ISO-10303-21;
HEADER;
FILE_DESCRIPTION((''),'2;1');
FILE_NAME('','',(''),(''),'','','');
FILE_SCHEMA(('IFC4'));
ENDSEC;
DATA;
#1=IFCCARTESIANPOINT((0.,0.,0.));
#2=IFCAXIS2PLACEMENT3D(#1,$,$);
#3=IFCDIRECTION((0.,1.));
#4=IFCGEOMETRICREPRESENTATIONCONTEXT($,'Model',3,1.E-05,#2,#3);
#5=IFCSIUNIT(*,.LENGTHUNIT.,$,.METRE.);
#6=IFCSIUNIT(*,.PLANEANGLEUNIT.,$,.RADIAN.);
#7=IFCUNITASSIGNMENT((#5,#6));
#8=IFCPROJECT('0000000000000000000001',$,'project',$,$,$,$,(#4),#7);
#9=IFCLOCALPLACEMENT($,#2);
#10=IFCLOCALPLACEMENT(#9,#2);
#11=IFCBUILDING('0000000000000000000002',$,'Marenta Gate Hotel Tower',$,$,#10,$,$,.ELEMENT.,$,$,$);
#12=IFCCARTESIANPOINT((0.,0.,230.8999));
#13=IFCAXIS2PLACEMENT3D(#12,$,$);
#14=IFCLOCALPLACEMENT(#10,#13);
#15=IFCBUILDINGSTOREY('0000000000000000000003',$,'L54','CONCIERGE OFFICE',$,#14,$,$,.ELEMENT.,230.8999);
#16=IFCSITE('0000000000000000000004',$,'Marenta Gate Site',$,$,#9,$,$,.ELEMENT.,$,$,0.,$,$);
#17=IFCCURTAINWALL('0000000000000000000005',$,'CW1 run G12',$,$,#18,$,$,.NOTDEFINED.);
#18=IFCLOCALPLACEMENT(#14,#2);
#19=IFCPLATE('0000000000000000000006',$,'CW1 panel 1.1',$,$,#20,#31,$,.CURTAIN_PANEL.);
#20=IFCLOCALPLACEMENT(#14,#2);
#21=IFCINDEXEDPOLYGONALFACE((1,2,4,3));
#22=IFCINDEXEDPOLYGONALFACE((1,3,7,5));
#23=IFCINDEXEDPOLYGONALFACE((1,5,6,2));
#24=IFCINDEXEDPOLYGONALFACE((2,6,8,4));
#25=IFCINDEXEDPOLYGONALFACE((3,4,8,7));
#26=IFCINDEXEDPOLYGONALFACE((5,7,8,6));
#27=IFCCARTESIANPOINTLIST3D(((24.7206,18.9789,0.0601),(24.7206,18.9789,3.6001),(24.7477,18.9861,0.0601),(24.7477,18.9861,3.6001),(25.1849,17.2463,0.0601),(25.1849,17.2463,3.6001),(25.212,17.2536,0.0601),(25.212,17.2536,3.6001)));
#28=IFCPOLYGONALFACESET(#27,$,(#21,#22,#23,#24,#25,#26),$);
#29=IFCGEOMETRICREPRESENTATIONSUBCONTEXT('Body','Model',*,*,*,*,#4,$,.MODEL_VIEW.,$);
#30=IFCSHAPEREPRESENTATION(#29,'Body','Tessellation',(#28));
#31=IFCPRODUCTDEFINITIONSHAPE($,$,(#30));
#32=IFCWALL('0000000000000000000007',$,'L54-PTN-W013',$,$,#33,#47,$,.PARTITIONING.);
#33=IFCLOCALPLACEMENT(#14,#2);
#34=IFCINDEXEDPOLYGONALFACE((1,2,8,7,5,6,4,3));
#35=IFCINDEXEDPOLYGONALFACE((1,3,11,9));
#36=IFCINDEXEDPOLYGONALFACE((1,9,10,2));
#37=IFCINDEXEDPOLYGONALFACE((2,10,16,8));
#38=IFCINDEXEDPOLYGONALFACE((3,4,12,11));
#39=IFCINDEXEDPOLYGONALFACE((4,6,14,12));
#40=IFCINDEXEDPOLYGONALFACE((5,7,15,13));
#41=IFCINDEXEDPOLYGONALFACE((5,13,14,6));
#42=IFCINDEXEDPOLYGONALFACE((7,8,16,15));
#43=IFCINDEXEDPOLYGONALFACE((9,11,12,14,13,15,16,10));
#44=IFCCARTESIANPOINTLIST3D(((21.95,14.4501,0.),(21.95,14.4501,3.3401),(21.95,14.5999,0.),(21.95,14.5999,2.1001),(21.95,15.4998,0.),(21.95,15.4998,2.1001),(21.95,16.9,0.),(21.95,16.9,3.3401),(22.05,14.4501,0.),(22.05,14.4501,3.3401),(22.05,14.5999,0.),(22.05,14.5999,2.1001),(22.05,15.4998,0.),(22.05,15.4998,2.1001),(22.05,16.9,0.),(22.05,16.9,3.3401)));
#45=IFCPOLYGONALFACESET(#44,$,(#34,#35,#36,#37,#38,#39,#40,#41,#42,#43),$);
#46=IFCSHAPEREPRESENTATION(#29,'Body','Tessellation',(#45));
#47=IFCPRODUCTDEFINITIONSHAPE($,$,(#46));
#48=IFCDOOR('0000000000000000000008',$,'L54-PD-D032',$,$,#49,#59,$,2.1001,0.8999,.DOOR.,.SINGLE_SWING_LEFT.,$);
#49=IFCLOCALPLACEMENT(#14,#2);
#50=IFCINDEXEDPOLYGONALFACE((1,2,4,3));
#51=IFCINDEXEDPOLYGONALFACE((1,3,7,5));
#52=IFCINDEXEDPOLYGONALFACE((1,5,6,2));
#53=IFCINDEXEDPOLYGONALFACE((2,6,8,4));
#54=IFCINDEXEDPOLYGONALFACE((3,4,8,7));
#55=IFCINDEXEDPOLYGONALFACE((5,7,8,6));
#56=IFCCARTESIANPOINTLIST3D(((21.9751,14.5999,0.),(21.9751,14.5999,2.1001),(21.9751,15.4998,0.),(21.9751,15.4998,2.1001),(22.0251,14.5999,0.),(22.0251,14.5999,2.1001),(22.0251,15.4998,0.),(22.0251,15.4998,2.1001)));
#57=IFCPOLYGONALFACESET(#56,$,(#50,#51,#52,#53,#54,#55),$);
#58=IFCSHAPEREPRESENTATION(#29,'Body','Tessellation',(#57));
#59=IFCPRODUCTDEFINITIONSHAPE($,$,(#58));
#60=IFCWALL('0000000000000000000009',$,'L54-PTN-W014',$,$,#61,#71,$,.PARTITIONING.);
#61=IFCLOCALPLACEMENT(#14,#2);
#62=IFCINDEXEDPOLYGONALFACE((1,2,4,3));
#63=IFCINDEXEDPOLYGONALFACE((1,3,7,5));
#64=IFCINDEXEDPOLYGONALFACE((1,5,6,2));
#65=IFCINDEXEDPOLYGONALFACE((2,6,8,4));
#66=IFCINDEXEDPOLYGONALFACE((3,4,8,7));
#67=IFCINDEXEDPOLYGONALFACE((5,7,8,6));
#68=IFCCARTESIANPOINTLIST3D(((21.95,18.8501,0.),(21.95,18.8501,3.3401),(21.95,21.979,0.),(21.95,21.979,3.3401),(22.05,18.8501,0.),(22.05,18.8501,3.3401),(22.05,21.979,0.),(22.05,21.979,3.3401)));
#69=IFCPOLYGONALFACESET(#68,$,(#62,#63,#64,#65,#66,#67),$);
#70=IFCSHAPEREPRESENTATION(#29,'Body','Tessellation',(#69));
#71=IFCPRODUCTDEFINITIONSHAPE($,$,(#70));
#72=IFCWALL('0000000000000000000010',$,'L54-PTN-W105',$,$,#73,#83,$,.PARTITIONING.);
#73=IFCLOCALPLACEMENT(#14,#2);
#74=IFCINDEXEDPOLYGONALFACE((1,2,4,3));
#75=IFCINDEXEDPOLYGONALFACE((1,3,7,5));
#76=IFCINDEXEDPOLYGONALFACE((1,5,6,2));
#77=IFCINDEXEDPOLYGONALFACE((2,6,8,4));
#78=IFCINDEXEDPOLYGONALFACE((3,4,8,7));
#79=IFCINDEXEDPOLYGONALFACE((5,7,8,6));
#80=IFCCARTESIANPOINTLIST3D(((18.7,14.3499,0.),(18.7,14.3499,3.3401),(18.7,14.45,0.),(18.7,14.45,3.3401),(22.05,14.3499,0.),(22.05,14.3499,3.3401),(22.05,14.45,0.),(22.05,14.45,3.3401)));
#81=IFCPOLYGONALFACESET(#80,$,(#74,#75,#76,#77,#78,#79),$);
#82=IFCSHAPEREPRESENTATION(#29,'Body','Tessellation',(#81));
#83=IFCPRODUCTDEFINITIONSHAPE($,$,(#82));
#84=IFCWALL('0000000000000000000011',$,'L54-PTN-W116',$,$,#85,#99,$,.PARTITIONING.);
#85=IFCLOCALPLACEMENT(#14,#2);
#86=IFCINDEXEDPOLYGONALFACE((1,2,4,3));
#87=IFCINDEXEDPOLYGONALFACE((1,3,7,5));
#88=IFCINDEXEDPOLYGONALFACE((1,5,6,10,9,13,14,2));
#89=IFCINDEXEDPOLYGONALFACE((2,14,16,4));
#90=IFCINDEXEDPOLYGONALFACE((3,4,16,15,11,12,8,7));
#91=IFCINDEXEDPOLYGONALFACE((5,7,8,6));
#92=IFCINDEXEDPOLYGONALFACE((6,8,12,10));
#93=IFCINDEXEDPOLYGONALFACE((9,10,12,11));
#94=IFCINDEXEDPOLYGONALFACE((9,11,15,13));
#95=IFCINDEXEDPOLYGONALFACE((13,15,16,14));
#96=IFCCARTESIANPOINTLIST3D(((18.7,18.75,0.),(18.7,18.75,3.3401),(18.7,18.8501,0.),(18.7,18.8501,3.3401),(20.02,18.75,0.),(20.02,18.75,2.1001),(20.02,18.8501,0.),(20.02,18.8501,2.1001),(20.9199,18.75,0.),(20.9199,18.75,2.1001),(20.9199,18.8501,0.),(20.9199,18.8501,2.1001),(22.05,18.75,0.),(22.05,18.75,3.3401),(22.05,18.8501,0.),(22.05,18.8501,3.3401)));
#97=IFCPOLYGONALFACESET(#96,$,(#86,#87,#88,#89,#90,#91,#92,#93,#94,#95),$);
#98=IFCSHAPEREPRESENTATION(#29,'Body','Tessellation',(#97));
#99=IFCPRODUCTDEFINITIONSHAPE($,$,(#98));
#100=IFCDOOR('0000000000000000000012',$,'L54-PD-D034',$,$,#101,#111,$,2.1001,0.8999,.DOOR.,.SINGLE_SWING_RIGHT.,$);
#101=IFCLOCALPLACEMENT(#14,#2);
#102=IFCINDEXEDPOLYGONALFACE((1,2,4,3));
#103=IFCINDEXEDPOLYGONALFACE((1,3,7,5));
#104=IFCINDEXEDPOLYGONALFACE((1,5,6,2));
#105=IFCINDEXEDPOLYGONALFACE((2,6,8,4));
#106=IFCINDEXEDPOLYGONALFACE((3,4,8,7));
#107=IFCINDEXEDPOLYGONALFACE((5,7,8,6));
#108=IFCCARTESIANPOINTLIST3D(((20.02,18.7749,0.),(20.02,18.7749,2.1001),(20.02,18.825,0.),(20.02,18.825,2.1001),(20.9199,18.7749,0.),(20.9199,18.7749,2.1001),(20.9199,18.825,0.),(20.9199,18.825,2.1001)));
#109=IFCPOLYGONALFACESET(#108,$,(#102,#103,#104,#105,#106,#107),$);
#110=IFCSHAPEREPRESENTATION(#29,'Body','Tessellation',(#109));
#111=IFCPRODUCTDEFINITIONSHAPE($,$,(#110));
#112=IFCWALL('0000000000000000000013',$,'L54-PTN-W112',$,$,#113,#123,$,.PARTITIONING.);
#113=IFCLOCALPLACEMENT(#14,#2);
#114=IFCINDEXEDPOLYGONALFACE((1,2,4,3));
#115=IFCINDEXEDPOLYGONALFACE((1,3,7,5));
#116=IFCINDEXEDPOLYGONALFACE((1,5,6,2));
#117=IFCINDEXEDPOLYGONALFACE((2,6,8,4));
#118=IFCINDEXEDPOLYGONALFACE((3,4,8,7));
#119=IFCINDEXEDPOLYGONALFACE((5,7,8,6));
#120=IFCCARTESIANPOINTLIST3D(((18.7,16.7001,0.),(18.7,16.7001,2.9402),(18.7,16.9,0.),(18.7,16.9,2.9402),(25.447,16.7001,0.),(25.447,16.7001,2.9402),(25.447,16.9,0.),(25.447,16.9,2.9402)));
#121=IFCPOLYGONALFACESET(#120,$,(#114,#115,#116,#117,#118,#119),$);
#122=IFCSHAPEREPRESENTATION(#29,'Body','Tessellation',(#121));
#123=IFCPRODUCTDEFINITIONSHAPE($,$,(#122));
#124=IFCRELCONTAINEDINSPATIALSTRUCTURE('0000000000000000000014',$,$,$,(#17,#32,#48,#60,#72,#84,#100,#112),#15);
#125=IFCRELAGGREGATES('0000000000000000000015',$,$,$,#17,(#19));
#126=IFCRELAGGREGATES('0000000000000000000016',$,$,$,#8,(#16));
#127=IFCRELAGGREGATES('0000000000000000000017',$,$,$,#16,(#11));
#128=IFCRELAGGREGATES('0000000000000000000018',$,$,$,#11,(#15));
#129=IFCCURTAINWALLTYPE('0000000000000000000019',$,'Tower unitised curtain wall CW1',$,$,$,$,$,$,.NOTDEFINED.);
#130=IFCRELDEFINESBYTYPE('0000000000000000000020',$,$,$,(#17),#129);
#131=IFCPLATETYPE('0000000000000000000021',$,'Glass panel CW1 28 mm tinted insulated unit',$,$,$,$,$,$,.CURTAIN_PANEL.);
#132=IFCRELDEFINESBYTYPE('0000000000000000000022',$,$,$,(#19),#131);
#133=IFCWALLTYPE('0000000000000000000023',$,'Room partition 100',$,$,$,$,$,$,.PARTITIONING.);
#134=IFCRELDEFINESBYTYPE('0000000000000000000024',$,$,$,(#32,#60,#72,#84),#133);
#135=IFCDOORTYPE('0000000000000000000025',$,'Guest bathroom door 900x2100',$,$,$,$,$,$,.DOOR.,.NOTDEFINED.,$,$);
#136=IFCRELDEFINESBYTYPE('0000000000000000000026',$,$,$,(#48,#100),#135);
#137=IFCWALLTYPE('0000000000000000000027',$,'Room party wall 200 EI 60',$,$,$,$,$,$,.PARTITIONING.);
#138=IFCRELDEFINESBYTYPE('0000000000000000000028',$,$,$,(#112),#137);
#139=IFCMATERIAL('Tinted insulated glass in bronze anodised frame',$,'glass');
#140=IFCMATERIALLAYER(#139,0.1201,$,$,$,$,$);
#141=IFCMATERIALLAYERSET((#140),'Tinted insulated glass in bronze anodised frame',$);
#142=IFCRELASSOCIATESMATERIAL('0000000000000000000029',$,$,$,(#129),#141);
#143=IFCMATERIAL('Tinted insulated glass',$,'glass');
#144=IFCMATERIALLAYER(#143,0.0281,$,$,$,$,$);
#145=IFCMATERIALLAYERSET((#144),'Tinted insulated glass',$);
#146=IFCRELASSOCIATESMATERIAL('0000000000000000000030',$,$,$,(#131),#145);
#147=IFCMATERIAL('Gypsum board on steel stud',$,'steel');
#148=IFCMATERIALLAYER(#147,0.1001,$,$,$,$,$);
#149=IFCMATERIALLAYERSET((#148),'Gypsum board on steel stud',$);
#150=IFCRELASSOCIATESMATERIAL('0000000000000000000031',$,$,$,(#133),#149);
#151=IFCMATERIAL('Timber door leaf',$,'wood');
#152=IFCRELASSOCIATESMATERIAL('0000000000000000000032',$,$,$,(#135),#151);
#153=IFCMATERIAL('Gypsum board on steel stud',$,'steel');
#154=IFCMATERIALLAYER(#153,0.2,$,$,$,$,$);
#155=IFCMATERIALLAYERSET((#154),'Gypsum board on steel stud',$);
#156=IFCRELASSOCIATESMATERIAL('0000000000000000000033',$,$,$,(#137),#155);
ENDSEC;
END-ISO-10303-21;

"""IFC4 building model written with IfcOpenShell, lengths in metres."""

from ifc_helpers import new_model, si_unit, direction, frame, frame_2d, origin, origin_2d, place, context, subcontext, project, spatial, rectangle, extrude, material, layer, layer_set, type_object, element, fill, aggregate, save


model = new_model("IFC4")

# Units and contexts
model_context = context("Model", 3, precision=1e-05, world=origin(), true_north=direction((0.0, 1.0)))
body_context = subcontext(model_context, "Body", "Model", "MODEL_VIEW")
ifc_project = project(units=[si_unit("LENGTHUNIT", "METRE"), si_unit("PLANEANGLEUNIT", "RADIAN")], contexts=[model_context])

# Site, building, storey
site_placement = place(None, origin())
site = spatial("IfcSite", under=ifc_project, at=site_placement, Name="Marenta Gate Site", CompositionType="ELEMENT", RefElevation=0.0)
building_placement = place(site_placement, origin())
building = spatial("IfcBuilding", under=site, at=building_placement, Name="Marenta Gate Hotel Tower", CompositionType="ELEMENT")
storey_placement = place(building_placement, frame((0.0, 0.0, 230.8999)))
storey = spatial("IfcBuildingStorey", under=building, at=storey_placement, Name="L54", Description="CONCIERGE OFFICE", CompositionType="ELEMENT", Elevation=230.8999)

# Curtain wall
ifc_material_1 = material(Name="Tinted insulated glass in bronze anodised frame", Category="glass")
ifc_layer_1 = layer(ifc_material_1, 0.1201)
ifc_layer_set_1 = layer_set([ifc_layer_1], Name="Tinted insulated glass in bronze anodised frame")
curtain_wall_type = type_object("IfcCurtainWallType", Name="Tower unitised curtain wall CW1", PredefinedType="NOTDEFINED", material=ifc_layer_set_1)
curtain_wall_1_placement = place(storey_placement, origin())
curtain_wall_1 = element("IfcCurtainWall", 1, at=curtain_wall_1_placement, inside=storey, type_object=curtain_wall_type, Name="CW1 run G12", PredefinedType="NOTDEFINED")

# Shared definitions
ifc_material_2 = material(Name="Tinted insulated glass", Category="glass")
ifc_layer_2 = layer(ifc_material_2, 0.0281)
ifc_layer_set_2 = layer_set([ifc_layer_2], Name="Tinted insulated glass")
plate_type = type_object("IfcPlateType", Name="Glass panel CW1 28 mm tinted insulated unit", PredefinedType="CURTAIN_PANEL", material=ifc_layer_set_2)

# Plate
plate_1_placement = place(storey_placement, frame((24.9663, 18.1162, 0.0601), z_axis=(0.0, 0.0, 1.0), x_axis=(-0.258824, 0.965924, 0.0)))
plate_1 = element("IfcPlate", 2, at=plate_1_placement, type_object=plate_type, Name="CW1 panel 1.1", PredefinedType="CURTAIN_PANEL", context=body_context, shape_type="SweptSolid", body=[
    extrude(rectangle(XDim=1.7937, YDim=0.0281, at=origin_2d()), origin(), (0.0, 0.0, 1.0), 3.54),
])
aggregate(curtain_wall_1, [plate_1])

# Wall, opening, door
ifc_material_3 = material(Name="Gypsum board on steel stud", Category="steel")
ifc_layer_3 = layer(ifc_material_3, 0.1001)
ifc_layer_set_3 = layer_set([ifc_layer_3], Name="Gypsum board on steel stud")
wall_type_1 = type_object("IfcWallType", Name="Room partition 100", PredefinedType="PARTITIONING", material=ifc_layer_set_3)
wall_1_placement = place(storey_placement, frame((22.0, 14.45, 0.0), z_axis=(0.0, 0.0, 1.0), x_axis=(0.0, 1.0, 0.0)))
wall_1 = element("IfcWall", 3, at=wall_1_placement, inside=storey, type_object=wall_type_1, Name="L54-PTN-W013", PredefinedType="PARTITIONING", context=body_context, shape_type="SweptSolid", body=[
    extrude(rectangle(XDim=2.45, YDim=0.1001, at=frame_2d((1.2251, 0.0))), origin(), (0.0, 0.0, 1.0), 3.3401),
])
opening_1_placement = place(wall_1_placement, frame((0.1499, 0.0, 0.0)))
opening_1 = element("IfcOpeningElement", 4, at=opening_1_placement, cuts=wall_1, PredefinedType="OPENING", context=body_context, shape_type="SweptSolid", body=[
    extrude(rectangle(XDim=0.8999, YDim=2.1001, at=frame_2d((0.45, 1.05))), frame((0.0, 0.05, 0.0), z_axis=(0.0, -1.0, 0.0), x_axis=(1.0, 0.0, 0.0)), (0.0, 0.0, 1.0), 0.1001),
])
ifc_material_4 = material(Name="Timber door leaf", Category="wood")
door_type = type_object("IfcDoorType", Name="Guest bathroom door 900x2100", OperationType="NOTDEFINED", PredefinedType="DOOR", material=ifc_material_4)
door_1_placement = place(opening_1_placement, origin())
door_1 = element("IfcDoor", 5, at=door_1_placement, inside=storey, type_object=door_type, Name="L54-PD-D032", OperationType="SINGLE_SWING_LEFT", OverallHeight=2.1001, OverallWidth=0.8999, PredefinedType="DOOR", context=body_context, shape_type="SweptSolid", body=[
    extrude(rectangle(XDim=0.8999, YDim=2.1001, at=frame_2d((0.45, 1.05))), frame((0.0, 0.0249, 0.0), z_axis=(0.0, -1.0, 0.0), x_axis=(1.0, 0.0, 0.0)), (0.0, 0.0, 1.0), 0.05),
])
fill(opening_1, door_1)

# Walls
wall_2_placement = place(storey_placement, frame((22.0, 18.8501, 0.0), z_axis=(0.0, 0.0, 1.0), x_axis=(0.0, 1.0, 0.0)))
element("IfcWall", 6, at=wall_2_placement, inside=storey, type_object=wall_type_1, Name="L54-PTN-W014", PredefinedType="PARTITIONING", context=body_context, shape_type="SweptSolid", body=[
    extrude(rectangle(XDim=3.1289, YDim=0.1001, at=frame_2d((1.5645, 0.0))), origin(), (0.0, 0.0, 1.0), 3.3401),
])
wall_3_placement = place(storey_placement, frame((18.7, 14.3999, 0.0), z_axis=(0.0, 0.0, 1.0), x_axis=(1.0, 0.0, 0.0)))
element("IfcWall", 7, at=wall_3_placement, inside=storey, type_object=wall_type_1, Name="L54-PTN-W105", PredefinedType="PARTITIONING", context=body_context, shape_type="SweptSolid", body=[
    extrude(rectangle(XDim=3.3501, YDim=0.1001, at=frame_2d((1.675, 0.0))), origin(), (0.0, 0.0, 1.0), 3.3401),
])

# Wall, opening, door
wall_4_placement = place(storey_placement, frame((18.7, 18.8, 0.0), z_axis=(0.0, 0.0, 1.0), x_axis=(1.0, 0.0, 0.0)))
wall_4 = element("IfcWall", 8, at=wall_4_placement, inside=storey, type_object=wall_type_1, Name="L54-PTN-W116", PredefinedType="PARTITIONING", context=body_context, shape_type="SweptSolid", body=[
    extrude(rectangle(XDim=3.3501, YDim=0.1001, at=frame_2d((1.675, 0.0))), origin(), (0.0, 0.0, 1.0), 3.3401),
])
opening_2_placement = place(wall_4_placement, frame((1.3201, 0.0, 0.0)))
opening_2 = element("IfcOpeningElement", 9, at=opening_2_placement, cuts=wall_4, PredefinedType="OPENING", context=body_context, shape_type="SweptSolid", body=[
    extrude(rectangle(XDim=0.8999, YDim=2.1001, at=frame_2d((0.45, 1.05))), frame((0.0, 0.05, 0.0), z_axis=(0.0, -1.0, 0.0), x_axis=(1.0, 0.0, 0.0)), (0.0, 0.0, 1.0), 0.1001),
])
door_2_placement = place(opening_2_placement, origin())
door_2 = element("IfcDoor", 10, at=door_2_placement, inside=storey, type_object=door_type, Name="L54-PD-D034", OperationType="SINGLE_SWING_RIGHT", OverallHeight=2.1001, OverallWidth=0.8999, PredefinedType="DOOR", context=body_context, shape_type="SweptSolid", body=[
    extrude(rectangle(XDim=0.8999, YDim=2.1001, at=frame_2d((0.45, 1.05))), frame((0.0, 0.0249, 0.0), z_axis=(0.0, -1.0, 0.0), x_axis=(1.0, 0.0, 0.0)), (0.0, 0.0, 1.0), 0.05),
])
fill(opening_2, door_2)

# Wall
ifc_material_5 = material(Name="Gypsum board on steel stud", Category="steel")
ifc_layer_4 = layer(ifc_material_5, 0.2)
ifc_layer_set_4 = layer_set([ifc_layer_4], Name="Gypsum board on steel stud")
wall_type_2 = type_object("IfcWallType", Name="Room party wall 200 EI 60", PredefinedType="PARTITIONING", material=ifc_layer_set_4)
wall_5_placement = place(storey_placement, frame((18.7, 16.8, 0.0), z_axis=(0.0, 0.0, 1.0), x_axis=(1.0, 0.0, 0.0)))
element("IfcWall", 11, at=wall_5_placement, inside=storey, type_object=wall_type_2, Name="L54-PTN-W112", PredefinedType="PARTITIONING", context=body_context, shape_type="SweptSolid", body=[
    extrude(rectangle(XDim=6.7471, YDim=0.2, at=frame_2d((3.3735, 0.0))), origin(), (0.0, 0.0, 1.0), 2.9402),
])

save(model, "model.ifc")
